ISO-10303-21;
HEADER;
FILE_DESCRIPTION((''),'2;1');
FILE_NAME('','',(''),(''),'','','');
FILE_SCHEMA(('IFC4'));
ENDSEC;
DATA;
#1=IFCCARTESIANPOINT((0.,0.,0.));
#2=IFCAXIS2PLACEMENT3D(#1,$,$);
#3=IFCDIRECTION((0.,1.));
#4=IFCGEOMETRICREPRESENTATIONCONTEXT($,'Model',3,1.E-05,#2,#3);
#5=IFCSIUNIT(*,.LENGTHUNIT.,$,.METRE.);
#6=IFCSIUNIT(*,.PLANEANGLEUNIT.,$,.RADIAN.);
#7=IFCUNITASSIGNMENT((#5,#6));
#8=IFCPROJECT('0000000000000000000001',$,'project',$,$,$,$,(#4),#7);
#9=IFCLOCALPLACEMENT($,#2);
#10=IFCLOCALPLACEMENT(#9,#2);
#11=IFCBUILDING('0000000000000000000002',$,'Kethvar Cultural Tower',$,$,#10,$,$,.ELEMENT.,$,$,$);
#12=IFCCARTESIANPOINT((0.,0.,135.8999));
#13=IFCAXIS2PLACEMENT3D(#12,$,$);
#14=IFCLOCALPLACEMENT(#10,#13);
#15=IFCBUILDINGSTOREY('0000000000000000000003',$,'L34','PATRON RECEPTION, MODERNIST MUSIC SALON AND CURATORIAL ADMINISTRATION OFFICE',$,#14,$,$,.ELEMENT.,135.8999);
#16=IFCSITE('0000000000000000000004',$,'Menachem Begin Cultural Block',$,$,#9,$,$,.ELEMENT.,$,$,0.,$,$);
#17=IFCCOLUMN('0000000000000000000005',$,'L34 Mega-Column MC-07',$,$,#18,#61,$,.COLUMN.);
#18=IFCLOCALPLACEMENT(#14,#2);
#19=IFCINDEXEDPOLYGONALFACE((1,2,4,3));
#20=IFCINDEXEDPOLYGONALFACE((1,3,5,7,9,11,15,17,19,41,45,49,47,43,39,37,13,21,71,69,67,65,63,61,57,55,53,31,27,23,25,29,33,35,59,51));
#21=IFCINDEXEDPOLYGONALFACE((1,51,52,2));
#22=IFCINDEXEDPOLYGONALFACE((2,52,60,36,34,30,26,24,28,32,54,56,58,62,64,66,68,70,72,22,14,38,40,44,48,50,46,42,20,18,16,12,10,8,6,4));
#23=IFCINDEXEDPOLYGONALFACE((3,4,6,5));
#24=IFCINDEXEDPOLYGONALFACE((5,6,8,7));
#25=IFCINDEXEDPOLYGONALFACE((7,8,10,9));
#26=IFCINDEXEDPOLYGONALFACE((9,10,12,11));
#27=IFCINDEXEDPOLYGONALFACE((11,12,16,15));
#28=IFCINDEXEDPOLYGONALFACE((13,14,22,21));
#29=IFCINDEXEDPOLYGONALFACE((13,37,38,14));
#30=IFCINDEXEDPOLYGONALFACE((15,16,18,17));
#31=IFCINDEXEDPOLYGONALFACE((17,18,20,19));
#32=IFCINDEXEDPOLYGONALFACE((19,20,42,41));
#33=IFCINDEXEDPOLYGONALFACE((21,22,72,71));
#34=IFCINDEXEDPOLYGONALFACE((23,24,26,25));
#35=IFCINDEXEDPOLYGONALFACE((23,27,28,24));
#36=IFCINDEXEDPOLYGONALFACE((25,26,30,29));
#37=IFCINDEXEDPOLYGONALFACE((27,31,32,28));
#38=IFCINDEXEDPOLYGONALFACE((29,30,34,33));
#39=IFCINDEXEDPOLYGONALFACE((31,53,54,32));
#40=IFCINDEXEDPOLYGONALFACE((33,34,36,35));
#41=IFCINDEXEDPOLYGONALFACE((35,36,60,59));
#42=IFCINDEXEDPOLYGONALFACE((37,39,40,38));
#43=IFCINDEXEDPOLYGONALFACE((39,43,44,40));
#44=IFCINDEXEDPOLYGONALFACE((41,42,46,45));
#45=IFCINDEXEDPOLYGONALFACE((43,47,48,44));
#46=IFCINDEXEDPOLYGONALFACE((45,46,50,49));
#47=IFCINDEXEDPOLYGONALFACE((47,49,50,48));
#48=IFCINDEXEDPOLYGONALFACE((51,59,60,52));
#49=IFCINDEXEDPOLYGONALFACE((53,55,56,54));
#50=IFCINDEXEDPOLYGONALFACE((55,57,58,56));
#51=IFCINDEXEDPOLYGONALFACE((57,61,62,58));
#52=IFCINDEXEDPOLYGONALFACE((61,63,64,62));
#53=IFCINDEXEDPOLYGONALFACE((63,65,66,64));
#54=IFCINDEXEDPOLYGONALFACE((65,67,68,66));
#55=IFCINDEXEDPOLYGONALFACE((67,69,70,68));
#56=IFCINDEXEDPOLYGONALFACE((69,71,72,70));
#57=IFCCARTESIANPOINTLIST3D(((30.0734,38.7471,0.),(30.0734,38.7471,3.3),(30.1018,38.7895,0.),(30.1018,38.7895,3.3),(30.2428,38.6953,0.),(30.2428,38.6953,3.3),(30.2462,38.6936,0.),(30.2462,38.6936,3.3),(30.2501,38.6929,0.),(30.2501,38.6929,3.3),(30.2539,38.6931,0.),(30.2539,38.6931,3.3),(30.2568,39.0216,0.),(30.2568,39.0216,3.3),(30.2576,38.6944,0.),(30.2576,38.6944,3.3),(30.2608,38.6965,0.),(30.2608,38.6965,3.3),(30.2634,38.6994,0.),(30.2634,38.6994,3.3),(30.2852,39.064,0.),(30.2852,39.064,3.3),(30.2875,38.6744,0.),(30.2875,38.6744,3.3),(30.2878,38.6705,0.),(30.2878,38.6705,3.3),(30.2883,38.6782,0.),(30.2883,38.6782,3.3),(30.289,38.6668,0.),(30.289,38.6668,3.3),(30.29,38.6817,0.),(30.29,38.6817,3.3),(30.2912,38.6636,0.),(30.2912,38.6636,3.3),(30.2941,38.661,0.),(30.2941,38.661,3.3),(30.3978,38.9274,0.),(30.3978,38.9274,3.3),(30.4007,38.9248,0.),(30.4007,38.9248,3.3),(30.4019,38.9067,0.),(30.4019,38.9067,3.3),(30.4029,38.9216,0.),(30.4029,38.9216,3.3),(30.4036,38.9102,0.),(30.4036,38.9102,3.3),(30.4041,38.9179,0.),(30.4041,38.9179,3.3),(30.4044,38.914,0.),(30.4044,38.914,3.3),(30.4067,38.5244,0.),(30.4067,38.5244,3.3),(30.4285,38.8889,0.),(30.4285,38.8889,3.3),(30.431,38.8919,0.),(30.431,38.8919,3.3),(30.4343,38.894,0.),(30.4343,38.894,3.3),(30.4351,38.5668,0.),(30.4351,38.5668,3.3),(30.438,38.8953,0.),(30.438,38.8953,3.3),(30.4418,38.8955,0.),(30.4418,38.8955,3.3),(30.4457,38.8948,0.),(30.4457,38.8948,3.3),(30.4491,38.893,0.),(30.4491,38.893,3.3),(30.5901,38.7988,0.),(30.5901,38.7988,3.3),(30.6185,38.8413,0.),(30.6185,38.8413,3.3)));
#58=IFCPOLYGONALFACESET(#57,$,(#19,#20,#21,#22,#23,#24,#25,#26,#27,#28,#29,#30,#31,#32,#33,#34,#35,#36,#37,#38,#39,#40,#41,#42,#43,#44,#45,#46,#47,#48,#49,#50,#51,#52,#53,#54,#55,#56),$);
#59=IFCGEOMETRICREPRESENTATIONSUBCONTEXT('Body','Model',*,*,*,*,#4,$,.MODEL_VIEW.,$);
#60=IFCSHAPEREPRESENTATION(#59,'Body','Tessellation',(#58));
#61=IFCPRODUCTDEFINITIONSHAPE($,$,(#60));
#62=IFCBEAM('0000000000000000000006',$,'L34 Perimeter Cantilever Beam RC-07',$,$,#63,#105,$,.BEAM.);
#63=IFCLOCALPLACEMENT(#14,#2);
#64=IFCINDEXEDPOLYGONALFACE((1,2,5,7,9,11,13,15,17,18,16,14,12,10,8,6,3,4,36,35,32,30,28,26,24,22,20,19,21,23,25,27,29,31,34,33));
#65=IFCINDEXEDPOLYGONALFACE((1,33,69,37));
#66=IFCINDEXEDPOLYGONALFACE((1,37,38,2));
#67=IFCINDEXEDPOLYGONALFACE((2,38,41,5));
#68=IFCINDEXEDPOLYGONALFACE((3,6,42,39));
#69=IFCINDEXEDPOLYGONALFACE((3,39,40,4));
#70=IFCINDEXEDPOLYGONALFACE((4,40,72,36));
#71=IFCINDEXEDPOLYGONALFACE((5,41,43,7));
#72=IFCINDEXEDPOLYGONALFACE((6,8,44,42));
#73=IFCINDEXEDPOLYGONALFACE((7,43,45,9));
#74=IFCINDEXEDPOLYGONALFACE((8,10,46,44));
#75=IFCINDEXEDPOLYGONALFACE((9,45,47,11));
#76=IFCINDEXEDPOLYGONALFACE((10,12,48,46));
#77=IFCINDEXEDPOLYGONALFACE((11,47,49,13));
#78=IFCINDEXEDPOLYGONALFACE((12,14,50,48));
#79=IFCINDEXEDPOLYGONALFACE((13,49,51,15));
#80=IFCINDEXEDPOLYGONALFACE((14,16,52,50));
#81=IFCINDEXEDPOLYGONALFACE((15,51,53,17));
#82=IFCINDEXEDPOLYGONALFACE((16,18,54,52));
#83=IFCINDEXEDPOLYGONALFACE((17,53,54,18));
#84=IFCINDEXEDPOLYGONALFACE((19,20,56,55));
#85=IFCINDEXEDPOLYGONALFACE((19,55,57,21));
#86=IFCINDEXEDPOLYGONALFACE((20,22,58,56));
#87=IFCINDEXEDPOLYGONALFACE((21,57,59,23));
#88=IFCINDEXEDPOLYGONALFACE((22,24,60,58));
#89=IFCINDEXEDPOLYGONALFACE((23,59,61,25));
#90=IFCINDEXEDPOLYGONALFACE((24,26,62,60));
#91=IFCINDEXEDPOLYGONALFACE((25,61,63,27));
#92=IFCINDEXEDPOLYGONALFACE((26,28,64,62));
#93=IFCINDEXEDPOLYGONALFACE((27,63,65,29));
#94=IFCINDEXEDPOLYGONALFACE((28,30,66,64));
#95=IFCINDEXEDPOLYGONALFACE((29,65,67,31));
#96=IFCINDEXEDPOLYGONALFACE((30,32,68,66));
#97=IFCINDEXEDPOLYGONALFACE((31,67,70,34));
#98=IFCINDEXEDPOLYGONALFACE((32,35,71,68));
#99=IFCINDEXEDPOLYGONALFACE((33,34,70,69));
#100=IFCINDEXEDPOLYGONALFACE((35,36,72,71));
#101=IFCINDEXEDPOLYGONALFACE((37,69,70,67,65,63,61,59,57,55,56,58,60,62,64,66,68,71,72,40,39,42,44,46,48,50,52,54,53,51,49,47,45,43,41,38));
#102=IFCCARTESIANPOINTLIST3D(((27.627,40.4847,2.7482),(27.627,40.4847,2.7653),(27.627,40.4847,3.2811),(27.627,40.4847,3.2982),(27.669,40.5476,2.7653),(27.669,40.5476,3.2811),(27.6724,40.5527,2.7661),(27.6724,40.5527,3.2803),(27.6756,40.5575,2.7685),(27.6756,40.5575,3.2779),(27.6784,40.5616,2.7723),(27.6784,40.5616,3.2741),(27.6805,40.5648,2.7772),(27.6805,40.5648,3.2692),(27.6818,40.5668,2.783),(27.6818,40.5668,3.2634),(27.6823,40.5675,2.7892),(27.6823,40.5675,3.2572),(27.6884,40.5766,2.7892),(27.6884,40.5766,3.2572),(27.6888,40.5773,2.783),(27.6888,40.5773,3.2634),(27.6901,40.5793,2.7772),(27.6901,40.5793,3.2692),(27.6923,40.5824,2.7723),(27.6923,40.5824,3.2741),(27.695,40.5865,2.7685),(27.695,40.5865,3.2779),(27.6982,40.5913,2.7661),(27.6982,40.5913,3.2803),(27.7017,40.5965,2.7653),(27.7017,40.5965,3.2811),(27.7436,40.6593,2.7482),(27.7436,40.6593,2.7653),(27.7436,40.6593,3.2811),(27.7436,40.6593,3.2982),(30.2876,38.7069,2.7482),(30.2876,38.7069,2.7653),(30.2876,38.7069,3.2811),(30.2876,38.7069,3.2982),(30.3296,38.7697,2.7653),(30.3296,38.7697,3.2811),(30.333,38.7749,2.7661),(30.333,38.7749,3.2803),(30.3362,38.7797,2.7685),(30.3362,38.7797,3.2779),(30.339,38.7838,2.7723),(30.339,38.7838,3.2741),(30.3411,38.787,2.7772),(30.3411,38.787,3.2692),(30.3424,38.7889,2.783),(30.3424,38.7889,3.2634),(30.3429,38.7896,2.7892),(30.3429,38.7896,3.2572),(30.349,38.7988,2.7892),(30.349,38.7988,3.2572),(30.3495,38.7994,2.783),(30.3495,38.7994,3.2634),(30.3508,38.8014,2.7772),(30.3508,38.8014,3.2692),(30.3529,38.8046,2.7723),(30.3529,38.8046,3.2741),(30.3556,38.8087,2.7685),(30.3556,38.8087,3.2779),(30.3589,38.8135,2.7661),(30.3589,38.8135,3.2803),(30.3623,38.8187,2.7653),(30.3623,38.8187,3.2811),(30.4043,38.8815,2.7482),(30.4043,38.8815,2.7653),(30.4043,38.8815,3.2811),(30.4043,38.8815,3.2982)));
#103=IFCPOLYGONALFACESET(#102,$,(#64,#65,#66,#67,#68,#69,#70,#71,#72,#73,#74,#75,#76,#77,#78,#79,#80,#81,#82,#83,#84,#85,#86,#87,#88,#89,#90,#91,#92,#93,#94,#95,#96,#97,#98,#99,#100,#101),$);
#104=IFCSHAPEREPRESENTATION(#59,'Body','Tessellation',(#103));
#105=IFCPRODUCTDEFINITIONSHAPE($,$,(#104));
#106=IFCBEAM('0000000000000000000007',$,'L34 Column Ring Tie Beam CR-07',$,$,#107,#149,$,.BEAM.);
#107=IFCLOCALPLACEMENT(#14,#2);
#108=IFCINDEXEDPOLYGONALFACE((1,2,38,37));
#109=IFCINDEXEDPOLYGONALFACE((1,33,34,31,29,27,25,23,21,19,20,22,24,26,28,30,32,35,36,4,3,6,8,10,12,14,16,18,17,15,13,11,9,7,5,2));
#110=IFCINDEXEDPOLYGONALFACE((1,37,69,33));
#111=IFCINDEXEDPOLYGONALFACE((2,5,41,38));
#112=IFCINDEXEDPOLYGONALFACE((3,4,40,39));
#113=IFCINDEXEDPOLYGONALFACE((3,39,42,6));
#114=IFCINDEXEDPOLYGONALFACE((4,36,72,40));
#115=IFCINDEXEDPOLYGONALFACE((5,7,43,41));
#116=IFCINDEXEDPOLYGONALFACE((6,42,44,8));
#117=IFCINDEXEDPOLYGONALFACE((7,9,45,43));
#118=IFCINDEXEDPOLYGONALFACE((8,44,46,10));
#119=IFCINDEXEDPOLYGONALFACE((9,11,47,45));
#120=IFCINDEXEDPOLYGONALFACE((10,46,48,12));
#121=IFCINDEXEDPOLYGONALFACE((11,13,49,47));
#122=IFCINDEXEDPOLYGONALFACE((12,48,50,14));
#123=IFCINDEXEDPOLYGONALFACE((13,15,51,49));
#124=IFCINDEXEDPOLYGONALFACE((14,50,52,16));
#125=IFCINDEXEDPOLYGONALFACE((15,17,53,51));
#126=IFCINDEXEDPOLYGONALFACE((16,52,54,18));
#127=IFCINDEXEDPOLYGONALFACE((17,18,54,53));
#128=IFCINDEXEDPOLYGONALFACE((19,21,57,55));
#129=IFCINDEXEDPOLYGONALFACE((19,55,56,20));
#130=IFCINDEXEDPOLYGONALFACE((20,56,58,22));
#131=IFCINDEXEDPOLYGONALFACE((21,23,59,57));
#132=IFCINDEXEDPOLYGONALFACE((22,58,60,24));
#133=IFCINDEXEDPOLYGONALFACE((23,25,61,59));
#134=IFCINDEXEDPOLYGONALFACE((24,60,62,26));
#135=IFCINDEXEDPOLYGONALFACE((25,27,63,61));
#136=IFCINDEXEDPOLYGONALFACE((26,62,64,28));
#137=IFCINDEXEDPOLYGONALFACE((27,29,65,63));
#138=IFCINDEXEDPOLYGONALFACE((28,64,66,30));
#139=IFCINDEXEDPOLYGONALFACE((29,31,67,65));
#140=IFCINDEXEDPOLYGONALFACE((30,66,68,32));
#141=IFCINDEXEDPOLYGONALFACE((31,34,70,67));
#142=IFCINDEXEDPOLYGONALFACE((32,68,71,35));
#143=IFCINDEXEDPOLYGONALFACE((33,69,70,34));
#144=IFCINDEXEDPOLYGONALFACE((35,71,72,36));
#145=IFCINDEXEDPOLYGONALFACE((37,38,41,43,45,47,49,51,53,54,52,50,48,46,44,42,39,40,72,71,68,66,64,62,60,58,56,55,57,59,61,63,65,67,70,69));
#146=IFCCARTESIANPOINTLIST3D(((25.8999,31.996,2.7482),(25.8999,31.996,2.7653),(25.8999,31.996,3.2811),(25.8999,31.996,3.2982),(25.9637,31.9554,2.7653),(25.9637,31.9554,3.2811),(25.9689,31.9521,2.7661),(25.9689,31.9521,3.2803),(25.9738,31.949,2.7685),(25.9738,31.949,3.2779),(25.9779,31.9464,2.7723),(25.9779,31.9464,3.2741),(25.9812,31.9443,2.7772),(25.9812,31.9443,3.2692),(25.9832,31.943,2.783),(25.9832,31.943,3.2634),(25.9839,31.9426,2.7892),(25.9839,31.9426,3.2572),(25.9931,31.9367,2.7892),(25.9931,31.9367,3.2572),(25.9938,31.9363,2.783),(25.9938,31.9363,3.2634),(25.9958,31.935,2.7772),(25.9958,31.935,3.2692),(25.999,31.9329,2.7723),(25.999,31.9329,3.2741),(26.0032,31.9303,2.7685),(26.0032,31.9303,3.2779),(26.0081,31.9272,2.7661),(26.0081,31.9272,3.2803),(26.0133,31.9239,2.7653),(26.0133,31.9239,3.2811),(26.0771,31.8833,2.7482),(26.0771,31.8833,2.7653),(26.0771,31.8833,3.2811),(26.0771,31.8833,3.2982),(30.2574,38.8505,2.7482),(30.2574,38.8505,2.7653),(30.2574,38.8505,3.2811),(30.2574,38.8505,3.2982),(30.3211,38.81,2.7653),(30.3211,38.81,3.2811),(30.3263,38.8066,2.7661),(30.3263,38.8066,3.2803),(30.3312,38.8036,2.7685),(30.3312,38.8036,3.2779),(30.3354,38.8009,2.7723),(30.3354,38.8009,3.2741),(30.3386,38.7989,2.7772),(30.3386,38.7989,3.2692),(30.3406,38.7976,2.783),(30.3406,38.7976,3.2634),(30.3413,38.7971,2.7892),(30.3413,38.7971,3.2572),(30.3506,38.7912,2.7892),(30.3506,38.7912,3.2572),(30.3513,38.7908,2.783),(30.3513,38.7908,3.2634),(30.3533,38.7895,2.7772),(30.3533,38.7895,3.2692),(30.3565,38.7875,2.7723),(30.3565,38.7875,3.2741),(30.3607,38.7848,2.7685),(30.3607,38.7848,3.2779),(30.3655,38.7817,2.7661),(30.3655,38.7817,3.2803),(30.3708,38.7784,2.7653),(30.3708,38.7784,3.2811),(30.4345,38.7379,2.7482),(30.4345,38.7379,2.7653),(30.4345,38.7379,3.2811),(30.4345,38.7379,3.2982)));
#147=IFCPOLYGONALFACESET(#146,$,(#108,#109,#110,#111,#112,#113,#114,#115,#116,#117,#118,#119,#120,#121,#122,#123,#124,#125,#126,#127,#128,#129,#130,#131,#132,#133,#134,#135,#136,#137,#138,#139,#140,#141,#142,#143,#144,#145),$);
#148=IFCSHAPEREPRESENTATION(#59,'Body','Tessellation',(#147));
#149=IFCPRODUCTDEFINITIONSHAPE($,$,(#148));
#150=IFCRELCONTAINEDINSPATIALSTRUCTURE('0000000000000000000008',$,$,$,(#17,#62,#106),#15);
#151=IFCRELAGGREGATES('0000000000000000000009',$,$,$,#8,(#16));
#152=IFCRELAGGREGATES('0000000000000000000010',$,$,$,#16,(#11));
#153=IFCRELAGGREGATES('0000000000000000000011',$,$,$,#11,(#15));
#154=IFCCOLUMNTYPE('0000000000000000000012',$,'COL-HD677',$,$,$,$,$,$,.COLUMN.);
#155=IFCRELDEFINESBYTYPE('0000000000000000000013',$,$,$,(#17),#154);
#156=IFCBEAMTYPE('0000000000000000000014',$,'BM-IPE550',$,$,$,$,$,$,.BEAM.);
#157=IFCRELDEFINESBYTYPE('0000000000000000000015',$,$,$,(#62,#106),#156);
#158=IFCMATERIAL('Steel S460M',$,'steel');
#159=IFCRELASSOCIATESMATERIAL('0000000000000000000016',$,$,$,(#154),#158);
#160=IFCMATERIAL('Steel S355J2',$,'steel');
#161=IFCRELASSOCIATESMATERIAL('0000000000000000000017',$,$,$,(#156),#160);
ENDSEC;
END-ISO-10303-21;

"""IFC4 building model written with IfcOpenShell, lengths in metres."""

from ifc_helpers import new_model, si_unit, direction, frame, origin, origin_2d, place, context, subcontext, project, spatial, i_section, extrude, source, transform, mapped, material, material_profile, profile_set, type_object, element, save


model = new_model("IFC4")

# Units and contexts
model_context = context("Model", 3, precision=1e-05, world=origin(), true_north=direction((0.0, 1.0)))
body_context = subcontext(model_context, "Body", "Model", "MODEL_VIEW")
ifc_project = project(units=[si_unit("LENGTHUNIT", "METRE"), si_unit("PLANEANGLEUNIT", "RADIAN")], contexts=[model_context])

# Site, building, storey
site_placement = place(None, origin())
site = spatial("IfcSite", under=ifc_project, at=site_placement, Name="Menachem Begin Cultural Block", CompositionType="ELEMENT", RefElevation=0.0)
building_placement = place(site_placement, origin())
building = spatial("IfcBuilding", under=site, at=building_placement, Name="Kethvar Cultural Tower", CompositionType="ELEMENT")
storey_placement = place(building_placement, frame((0.0, 0.0, 135.8999)))
storey = spatial("IfcBuildingStorey", under=building, at=storey_placement, Name="L34", Description="PATRON RECEPTION, MODERNIST MUSIC SALON AND CURATORIAL ADMINISTRATION OFFICE", CompositionType="ELEMENT", Elevation=135.8999)

# Column
ifc_material_1 = material(Name="Steel S460M", Category="steel")
ifc_material_profile_1 = material_profile(ifc_material_1, i_section(OverallWidth=0.4009, OverallDepth=0.3811, WebThickness=0.032, FlangeThickness=0.051, FilletRadius=0.0149, at=origin_2d()), Name="Steel S460M — HD400x677")
ifc_profile_set_1 = profile_set([ifc_material_profile_1], Name="Steel S460M — HD400x677")
column_type = type_object("IfcColumnType", Name="COL-HD677", PredefinedType="COLUMN", material=ifc_profile_set_1)
shared_shape_1 = source(origin(), body_context, "Body", "SweptSolid", [
    extrude(i_section(OverallWidth=0.4009, OverallDepth=0.3811, WebThickness=0.032, FlangeThickness=0.051, FilletRadius=0.0149, at=origin_2d()), origin(), (0.0, 0.0, 1.0), 3.3),
])
column_placement = place(storey_placement, frame((30.3459, 38.7942, 0.0), z_axis=(0.0, 0.0, 1.0), x_axis=(-0.83147, 0.55557, 0.0)))
element("IfcColumn", 1, at=column_placement, inside=storey, type_object=column_type, Name="L34 Mega-Column MC-07", PredefinedType="COLUMN", context=body_context, shape_type="MappedRepresentation", body=[
    mapped(shared_shape_1, transform((0.0, 0.0, 0.0), scale=1.0)),
])

# Beams
ifc_material_2 = material(Name="Steel S355J2", Category="steel")
ifc_material_profile_2 = material_profile(ifc_material_2, i_section(OverallWidth=0.21, OverallDepth=0.55, WebThickness=0.011, FlangeThickness=0.0171, FilletRadius=0.0239, at=origin_2d()), Name="Steel S355J2 — IPE550")
ifc_profile_set_2 = profile_set([ifc_material_profile_2], Name="Steel S355J2 — IPE550")
beam_type_1 = type_object("IfcBeamType", Name="BM-IPE550", PredefinedType="BEAM", material=ifc_profile_set_2)
shared_shape_2 = source(origin(), body_context, "Body", "SweptSolid", [
    extrude(i_section(OverallWidth=0.21, OverallDepth=0.55, WebThickness=0.011, FlangeThickness=0.0171, FilletRadius=0.0239, at=origin_2d()), origin(), (0.0, 0.0, 1.0), 3.2),
])
beam_1_placement = place(storey_placement, frame((30.3459, 38.7942, 3.0232), z_axis=(-0.831463, 0.55558, 0.0), x_axis=(-0.55558, -0.831463, 0.0)))
element("IfcBeam", 2, at=beam_1_placement, inside=storey, type_object=beam_type_1, Name="L34 Perimeter Cantilever Beam RC-07", PredefinedType="BEAM", context=body_context, shape_type="MappedRepresentation", body=[
    mapped(shared_shape_2, transform((0.0, 0.0, 0.0), scale=1.0)),
])
shared_shape_3 = source(origin(), body_context, "Body", "SweptSolid", [
    extrude(i_section(OverallWidth=0.21, OverallDepth=0.55, WebThickness=0.011, FlangeThickness=0.0171, FilletRadius=0.0239, at=origin_2d()), origin(), (0.0, 0.0, 1.0), 8.1223),
])
beam_2_placement = place(storey_placement, frame((30.3459, 38.7942, 3.0232), z_axis=(-0.536479, -0.843914, 0.0), x_axis=(0.843914, -0.536479, 0.0)))
element("IfcBeam", 3, at=beam_2_placement, inside=storey, type_object=beam_type_1, Name="L34 Column Ring Tie Beam CR-07", PredefinedType="BEAM", context=body_context, shape_type="MappedRepresentation", body=[
    mapped(shared_shape_3, transform((0.0, 0.0, 0.0), scale=1.0)),
])

save(model, "model.ifc")
